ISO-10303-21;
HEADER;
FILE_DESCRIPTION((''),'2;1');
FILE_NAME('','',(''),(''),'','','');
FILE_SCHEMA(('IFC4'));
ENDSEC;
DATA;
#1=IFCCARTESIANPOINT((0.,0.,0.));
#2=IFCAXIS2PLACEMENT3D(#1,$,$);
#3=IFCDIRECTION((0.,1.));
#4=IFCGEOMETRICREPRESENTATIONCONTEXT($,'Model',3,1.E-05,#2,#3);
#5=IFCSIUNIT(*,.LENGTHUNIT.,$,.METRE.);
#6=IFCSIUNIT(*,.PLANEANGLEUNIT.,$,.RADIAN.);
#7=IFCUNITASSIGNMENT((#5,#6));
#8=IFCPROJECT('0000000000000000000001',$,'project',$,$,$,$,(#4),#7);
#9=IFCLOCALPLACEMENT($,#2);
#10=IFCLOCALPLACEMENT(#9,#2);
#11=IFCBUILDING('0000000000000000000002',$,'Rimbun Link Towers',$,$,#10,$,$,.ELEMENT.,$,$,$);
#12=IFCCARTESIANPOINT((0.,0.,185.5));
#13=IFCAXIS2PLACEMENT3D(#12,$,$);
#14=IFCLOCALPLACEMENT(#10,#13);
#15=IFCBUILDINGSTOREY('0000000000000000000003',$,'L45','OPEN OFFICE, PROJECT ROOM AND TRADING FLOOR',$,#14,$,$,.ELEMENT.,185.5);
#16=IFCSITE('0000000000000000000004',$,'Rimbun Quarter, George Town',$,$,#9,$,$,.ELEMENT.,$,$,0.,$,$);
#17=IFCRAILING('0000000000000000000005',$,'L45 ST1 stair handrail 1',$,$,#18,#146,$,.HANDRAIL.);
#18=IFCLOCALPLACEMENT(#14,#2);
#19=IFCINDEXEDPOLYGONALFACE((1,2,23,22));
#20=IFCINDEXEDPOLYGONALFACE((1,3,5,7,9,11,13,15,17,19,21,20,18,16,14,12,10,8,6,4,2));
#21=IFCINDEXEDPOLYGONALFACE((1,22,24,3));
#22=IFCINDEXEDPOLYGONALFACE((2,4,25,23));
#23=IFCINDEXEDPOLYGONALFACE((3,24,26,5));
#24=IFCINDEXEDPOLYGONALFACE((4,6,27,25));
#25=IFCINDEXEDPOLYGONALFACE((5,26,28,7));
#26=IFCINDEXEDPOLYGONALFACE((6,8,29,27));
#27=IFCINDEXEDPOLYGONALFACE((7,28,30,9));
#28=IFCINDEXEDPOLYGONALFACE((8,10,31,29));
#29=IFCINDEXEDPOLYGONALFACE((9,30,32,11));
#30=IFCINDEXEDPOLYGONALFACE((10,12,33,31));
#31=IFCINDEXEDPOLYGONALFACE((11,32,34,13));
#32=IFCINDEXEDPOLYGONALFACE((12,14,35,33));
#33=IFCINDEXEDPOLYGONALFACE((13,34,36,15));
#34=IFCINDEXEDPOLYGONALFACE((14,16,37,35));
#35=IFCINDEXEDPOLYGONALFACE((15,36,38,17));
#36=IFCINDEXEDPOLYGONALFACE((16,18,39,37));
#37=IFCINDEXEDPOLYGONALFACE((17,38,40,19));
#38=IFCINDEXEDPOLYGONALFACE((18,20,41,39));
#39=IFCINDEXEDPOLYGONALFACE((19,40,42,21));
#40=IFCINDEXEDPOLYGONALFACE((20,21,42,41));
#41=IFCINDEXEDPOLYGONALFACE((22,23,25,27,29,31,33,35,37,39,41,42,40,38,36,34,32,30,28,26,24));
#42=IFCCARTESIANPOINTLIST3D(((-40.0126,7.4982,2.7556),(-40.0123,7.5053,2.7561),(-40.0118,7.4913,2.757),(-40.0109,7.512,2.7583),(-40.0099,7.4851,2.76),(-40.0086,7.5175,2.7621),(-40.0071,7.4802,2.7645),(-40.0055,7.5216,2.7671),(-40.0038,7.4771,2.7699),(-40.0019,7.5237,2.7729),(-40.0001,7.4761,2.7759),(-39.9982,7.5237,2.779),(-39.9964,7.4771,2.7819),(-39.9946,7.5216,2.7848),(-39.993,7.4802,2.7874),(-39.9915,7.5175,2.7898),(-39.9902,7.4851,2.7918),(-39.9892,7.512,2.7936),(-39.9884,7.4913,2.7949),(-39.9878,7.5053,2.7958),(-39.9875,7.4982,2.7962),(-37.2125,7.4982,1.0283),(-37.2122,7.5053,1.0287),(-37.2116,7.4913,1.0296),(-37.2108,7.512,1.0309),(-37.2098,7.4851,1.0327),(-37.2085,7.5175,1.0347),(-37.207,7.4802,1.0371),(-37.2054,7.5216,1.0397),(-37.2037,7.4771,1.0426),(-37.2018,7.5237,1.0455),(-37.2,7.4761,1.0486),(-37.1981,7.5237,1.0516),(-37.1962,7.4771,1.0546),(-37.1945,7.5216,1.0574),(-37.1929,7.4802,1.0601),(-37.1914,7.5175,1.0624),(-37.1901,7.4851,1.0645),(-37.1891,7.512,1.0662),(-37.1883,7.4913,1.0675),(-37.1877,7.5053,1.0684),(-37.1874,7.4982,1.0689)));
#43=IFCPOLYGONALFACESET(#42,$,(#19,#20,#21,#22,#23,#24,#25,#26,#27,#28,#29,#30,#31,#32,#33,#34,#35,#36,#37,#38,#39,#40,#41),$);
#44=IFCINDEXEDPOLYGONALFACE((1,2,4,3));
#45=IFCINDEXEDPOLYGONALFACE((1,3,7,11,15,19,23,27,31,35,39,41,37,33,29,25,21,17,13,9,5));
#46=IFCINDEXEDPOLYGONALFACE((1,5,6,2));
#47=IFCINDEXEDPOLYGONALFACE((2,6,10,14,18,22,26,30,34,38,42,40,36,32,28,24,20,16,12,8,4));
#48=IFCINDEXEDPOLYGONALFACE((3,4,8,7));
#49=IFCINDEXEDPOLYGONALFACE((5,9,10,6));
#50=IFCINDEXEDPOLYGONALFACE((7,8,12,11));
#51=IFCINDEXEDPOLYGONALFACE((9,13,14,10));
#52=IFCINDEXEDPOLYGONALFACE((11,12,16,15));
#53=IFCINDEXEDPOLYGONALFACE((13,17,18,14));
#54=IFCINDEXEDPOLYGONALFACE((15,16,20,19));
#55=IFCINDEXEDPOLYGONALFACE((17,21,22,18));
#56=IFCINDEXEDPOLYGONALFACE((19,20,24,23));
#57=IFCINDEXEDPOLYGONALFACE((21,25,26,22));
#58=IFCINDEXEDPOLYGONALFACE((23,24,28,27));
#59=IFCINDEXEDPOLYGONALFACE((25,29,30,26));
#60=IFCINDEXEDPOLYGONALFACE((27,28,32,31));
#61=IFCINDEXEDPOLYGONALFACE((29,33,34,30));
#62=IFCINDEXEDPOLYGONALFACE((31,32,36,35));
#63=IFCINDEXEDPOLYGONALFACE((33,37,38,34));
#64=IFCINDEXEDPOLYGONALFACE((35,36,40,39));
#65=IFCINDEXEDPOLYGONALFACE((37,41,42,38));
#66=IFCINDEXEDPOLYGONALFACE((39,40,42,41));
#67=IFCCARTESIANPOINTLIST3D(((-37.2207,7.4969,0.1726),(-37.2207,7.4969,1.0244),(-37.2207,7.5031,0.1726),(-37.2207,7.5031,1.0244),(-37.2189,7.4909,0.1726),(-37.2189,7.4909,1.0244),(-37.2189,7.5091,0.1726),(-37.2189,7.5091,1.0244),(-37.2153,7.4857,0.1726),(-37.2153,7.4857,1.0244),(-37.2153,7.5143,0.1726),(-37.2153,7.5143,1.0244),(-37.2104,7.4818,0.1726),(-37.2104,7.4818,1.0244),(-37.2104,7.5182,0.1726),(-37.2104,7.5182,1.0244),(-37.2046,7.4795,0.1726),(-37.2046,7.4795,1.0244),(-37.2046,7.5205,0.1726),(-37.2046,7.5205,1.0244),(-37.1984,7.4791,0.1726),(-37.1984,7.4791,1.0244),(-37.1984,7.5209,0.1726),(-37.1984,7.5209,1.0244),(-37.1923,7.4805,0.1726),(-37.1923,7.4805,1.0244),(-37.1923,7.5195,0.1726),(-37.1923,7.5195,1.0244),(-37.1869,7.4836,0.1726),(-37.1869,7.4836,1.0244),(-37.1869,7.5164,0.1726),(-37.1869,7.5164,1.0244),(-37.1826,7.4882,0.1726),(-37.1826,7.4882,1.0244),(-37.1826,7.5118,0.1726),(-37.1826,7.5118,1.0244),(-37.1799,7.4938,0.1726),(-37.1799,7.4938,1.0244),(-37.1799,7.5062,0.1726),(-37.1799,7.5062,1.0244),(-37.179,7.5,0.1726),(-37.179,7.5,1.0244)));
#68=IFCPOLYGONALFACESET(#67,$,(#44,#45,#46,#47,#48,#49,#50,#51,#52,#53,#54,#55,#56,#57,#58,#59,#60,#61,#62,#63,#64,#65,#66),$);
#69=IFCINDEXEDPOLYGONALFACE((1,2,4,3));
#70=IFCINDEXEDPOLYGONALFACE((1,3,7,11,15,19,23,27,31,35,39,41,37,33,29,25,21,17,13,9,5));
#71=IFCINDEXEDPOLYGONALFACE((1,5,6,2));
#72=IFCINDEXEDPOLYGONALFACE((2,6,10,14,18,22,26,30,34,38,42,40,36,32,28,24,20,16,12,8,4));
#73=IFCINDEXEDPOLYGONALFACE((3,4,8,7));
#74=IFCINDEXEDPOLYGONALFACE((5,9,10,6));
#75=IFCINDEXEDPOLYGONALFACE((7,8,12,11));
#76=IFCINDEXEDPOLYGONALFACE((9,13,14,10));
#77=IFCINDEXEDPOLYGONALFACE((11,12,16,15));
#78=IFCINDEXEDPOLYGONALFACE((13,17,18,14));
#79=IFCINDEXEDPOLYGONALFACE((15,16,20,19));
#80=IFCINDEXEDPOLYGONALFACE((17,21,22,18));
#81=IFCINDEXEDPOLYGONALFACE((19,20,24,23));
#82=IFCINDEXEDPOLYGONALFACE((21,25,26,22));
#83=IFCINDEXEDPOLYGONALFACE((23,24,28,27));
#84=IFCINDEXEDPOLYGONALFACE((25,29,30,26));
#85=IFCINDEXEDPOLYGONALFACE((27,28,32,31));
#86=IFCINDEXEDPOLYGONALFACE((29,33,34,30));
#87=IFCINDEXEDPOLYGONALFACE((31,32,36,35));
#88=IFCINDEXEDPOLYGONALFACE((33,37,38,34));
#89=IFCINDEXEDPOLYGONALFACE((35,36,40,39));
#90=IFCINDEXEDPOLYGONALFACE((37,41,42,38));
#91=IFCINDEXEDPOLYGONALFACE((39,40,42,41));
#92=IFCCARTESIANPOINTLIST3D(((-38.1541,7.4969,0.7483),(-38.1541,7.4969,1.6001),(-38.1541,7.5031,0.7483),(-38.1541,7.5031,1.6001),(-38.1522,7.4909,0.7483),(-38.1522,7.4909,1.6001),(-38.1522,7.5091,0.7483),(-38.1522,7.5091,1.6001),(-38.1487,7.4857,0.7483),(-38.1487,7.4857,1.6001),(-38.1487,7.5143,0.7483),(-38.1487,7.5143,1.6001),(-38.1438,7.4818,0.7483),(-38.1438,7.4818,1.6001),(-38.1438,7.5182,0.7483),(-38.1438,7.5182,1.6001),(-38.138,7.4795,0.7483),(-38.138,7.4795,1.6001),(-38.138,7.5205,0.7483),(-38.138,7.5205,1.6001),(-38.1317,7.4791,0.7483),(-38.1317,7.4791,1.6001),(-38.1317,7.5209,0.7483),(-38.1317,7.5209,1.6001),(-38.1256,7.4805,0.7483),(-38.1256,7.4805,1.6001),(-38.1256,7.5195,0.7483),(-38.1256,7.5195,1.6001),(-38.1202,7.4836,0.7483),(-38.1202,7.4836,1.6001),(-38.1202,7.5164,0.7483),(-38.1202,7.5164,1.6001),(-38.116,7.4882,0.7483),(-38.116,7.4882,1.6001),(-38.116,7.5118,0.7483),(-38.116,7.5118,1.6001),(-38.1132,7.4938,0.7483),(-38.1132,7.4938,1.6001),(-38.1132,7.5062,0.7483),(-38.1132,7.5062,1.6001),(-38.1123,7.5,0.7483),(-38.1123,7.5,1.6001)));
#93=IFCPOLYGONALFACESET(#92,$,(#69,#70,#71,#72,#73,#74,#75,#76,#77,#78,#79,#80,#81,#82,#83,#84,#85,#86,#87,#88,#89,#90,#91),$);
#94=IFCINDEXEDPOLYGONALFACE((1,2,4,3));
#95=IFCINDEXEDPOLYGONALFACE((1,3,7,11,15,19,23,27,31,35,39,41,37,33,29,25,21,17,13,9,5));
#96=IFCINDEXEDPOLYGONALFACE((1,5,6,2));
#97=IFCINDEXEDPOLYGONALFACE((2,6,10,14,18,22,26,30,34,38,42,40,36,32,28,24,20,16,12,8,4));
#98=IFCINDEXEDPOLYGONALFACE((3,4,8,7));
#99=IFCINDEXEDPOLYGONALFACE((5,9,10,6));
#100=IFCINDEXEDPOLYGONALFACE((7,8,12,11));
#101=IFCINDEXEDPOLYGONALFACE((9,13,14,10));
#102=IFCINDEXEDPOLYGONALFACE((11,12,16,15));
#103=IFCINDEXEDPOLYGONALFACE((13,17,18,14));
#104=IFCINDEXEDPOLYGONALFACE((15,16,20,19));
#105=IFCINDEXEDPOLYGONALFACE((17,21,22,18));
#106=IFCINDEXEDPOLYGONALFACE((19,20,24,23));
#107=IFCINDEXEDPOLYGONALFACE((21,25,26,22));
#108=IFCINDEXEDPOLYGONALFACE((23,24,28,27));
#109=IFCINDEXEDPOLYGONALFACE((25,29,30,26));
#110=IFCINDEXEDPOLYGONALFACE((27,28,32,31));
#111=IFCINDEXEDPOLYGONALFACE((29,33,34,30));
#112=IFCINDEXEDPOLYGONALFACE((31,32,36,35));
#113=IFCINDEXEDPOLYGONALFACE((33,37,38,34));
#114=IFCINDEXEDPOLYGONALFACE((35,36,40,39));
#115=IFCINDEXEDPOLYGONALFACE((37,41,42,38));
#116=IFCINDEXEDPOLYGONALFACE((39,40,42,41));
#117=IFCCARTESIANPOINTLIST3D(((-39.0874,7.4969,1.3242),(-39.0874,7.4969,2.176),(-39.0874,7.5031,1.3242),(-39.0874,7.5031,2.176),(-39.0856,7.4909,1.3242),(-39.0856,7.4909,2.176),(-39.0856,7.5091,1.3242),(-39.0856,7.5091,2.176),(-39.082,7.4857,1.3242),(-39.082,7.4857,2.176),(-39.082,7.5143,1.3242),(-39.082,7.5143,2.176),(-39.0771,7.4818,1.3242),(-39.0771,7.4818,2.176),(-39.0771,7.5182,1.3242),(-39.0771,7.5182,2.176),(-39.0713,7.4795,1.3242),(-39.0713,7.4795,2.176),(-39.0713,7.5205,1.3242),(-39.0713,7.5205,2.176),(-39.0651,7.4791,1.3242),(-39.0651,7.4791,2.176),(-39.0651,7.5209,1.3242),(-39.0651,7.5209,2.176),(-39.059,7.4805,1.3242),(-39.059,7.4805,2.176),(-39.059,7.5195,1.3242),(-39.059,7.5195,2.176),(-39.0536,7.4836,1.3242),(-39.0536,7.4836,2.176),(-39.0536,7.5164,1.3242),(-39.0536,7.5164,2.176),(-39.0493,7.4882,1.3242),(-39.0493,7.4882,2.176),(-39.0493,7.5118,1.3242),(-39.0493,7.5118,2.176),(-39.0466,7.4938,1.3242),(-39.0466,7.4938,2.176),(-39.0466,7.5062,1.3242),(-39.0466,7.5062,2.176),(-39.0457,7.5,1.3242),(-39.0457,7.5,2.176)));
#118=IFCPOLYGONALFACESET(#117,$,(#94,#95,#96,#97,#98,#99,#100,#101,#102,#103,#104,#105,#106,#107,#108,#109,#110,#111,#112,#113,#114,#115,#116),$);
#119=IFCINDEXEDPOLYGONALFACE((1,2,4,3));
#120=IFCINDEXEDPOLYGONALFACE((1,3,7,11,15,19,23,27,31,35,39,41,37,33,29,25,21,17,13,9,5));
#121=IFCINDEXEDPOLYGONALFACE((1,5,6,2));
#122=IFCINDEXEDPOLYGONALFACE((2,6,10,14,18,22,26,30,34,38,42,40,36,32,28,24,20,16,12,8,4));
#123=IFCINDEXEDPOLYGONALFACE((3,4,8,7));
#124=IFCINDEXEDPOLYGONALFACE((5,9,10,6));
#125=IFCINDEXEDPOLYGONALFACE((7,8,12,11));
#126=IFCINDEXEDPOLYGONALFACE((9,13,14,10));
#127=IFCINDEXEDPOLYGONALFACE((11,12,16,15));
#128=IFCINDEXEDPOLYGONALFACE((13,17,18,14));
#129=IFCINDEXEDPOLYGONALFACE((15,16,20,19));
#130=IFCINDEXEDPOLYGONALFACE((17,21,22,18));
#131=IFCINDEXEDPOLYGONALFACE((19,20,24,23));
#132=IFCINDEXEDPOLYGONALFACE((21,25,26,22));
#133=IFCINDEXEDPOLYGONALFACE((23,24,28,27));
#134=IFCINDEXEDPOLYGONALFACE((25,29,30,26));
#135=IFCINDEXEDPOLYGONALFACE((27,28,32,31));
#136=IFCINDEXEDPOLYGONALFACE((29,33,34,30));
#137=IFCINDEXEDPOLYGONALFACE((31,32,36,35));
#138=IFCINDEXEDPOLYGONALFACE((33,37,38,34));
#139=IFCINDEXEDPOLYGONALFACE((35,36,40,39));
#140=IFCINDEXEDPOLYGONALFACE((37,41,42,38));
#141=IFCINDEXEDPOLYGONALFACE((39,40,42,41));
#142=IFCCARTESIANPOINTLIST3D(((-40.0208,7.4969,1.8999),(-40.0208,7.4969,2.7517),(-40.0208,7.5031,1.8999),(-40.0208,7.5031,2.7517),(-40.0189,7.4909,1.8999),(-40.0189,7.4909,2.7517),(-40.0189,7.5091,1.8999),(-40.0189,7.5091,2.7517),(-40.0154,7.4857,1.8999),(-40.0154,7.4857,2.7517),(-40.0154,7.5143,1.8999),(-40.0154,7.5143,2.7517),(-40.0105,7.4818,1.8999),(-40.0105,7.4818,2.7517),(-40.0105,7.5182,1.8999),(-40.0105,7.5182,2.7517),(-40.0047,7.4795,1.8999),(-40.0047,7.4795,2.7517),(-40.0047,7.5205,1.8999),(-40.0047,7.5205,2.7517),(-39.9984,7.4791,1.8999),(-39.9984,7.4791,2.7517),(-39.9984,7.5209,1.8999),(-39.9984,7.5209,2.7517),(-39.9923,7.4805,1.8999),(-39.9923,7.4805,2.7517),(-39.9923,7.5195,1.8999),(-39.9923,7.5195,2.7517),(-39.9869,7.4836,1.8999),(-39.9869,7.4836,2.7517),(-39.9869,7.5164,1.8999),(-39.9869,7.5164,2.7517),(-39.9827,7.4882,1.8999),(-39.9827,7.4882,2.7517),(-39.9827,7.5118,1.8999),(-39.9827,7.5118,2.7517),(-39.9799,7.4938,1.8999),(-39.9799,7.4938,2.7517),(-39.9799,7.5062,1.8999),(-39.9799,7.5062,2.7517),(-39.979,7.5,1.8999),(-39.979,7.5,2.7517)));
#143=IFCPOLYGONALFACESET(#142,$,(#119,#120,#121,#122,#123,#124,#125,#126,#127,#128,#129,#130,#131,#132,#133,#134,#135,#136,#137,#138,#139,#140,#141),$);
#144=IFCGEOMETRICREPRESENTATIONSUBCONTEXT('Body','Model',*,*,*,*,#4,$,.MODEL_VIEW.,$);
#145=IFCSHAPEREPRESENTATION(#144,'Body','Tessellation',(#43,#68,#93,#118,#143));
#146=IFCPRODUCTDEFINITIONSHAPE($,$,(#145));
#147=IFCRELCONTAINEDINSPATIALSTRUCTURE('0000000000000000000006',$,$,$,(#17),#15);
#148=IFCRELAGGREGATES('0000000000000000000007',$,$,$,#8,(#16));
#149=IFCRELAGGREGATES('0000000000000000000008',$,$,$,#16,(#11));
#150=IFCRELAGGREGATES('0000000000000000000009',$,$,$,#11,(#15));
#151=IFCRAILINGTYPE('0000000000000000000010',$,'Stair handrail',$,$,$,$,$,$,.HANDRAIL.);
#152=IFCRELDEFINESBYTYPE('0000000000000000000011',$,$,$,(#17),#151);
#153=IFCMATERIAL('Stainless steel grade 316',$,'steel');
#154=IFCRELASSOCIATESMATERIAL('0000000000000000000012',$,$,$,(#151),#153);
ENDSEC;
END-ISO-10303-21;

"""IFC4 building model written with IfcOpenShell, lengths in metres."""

from ifc_helpers import new_model, si_unit, direction, frame, origin, origin_2d, place, context, subcontext, project, spatial, circle, extrude, material, type_object, element, save


model = new_model("IFC4")

# Units and contexts
model_context = context("Model", 3, precision=1e-05, world=origin(), true_north=direction((0.0, 1.0)))
body_context = subcontext(model_context, "Body", "Model", "MODEL_VIEW")
ifc_project = project(units=[si_unit("LENGTHUNIT", "METRE"), si_unit("PLANEANGLEUNIT", "RADIAN")], contexts=[model_context])

# Site, building, storey
site_placement = place(None, origin())
site = spatial("IfcSite", under=ifc_project, at=site_placement, Name="Rimbun Quarter, George Town", CompositionType="ELEMENT", RefElevation=0.0)
building_placement = place(site_placement, origin())
building = spatial("IfcBuilding", under=site, at=building_placement, Name="Rimbun Link Towers", CompositionType="ELEMENT")
storey_placement = place(building_placement, frame((0.0, 0.0, 185.5)))
storey = spatial("IfcBuildingStorey", under=building, at=storey_placement, Name="L45", Description="OPEN OFFICE, PROJECT ROOM AND TRADING FLOOR", CompositionType="ELEMENT", Elevation=185.5)

# Railing
ifc_material_1 = material(Name="Stainless steel grade 316", Category="steel")
railing_type_1 = type_object("IfcRailingType", Name="Stair handrail", PredefinedType="HANDRAIL", material=ifc_material_1)
railing_1_placement = place(storey_placement, frame((-37.2, 7.5, 0.1726)))
element("IfcRailing", 1, at=railing_1_placement, inside=storey, type_object=railing_type_1, Name="L45 ST1 stair handrail 1", PredefinedType="HANDRAIL", context=body_context, shape_type="SweptSolid", body=[
    extrude(circle(Radius=0.0239, at=origin_2d()), frame((0.0, 0.0, 0.876), z_axis=(-0.85109, 0.0, 0.52502), x_axis=(0.0, -1.0, 0.0)), (0.0, 0.0, 1.0), 3.29),
    extrude(circle(Radius=0.021, at=origin_2d()), origin(), (0.0, 0.0, 1.0), 0.8518),
    extrude(circle(Radius=0.021, at=origin_2d()), frame((-0.9333, 0.0, 0.5757)), (0.0, 0.0, 1.0), 0.8518),
    extrude(circle(Radius=0.021, at=origin_2d()), frame((-1.8667, 0.0, 1.1516)), (0.0, 0.0, 1.0), 0.8518),
    extrude(circle(Radius=0.021, at=origin_2d()), frame((-2.8, 0.0, 1.7273)), (0.0, 0.0, 1.0), 0.8518),
])

save(model, "model.ifc")
